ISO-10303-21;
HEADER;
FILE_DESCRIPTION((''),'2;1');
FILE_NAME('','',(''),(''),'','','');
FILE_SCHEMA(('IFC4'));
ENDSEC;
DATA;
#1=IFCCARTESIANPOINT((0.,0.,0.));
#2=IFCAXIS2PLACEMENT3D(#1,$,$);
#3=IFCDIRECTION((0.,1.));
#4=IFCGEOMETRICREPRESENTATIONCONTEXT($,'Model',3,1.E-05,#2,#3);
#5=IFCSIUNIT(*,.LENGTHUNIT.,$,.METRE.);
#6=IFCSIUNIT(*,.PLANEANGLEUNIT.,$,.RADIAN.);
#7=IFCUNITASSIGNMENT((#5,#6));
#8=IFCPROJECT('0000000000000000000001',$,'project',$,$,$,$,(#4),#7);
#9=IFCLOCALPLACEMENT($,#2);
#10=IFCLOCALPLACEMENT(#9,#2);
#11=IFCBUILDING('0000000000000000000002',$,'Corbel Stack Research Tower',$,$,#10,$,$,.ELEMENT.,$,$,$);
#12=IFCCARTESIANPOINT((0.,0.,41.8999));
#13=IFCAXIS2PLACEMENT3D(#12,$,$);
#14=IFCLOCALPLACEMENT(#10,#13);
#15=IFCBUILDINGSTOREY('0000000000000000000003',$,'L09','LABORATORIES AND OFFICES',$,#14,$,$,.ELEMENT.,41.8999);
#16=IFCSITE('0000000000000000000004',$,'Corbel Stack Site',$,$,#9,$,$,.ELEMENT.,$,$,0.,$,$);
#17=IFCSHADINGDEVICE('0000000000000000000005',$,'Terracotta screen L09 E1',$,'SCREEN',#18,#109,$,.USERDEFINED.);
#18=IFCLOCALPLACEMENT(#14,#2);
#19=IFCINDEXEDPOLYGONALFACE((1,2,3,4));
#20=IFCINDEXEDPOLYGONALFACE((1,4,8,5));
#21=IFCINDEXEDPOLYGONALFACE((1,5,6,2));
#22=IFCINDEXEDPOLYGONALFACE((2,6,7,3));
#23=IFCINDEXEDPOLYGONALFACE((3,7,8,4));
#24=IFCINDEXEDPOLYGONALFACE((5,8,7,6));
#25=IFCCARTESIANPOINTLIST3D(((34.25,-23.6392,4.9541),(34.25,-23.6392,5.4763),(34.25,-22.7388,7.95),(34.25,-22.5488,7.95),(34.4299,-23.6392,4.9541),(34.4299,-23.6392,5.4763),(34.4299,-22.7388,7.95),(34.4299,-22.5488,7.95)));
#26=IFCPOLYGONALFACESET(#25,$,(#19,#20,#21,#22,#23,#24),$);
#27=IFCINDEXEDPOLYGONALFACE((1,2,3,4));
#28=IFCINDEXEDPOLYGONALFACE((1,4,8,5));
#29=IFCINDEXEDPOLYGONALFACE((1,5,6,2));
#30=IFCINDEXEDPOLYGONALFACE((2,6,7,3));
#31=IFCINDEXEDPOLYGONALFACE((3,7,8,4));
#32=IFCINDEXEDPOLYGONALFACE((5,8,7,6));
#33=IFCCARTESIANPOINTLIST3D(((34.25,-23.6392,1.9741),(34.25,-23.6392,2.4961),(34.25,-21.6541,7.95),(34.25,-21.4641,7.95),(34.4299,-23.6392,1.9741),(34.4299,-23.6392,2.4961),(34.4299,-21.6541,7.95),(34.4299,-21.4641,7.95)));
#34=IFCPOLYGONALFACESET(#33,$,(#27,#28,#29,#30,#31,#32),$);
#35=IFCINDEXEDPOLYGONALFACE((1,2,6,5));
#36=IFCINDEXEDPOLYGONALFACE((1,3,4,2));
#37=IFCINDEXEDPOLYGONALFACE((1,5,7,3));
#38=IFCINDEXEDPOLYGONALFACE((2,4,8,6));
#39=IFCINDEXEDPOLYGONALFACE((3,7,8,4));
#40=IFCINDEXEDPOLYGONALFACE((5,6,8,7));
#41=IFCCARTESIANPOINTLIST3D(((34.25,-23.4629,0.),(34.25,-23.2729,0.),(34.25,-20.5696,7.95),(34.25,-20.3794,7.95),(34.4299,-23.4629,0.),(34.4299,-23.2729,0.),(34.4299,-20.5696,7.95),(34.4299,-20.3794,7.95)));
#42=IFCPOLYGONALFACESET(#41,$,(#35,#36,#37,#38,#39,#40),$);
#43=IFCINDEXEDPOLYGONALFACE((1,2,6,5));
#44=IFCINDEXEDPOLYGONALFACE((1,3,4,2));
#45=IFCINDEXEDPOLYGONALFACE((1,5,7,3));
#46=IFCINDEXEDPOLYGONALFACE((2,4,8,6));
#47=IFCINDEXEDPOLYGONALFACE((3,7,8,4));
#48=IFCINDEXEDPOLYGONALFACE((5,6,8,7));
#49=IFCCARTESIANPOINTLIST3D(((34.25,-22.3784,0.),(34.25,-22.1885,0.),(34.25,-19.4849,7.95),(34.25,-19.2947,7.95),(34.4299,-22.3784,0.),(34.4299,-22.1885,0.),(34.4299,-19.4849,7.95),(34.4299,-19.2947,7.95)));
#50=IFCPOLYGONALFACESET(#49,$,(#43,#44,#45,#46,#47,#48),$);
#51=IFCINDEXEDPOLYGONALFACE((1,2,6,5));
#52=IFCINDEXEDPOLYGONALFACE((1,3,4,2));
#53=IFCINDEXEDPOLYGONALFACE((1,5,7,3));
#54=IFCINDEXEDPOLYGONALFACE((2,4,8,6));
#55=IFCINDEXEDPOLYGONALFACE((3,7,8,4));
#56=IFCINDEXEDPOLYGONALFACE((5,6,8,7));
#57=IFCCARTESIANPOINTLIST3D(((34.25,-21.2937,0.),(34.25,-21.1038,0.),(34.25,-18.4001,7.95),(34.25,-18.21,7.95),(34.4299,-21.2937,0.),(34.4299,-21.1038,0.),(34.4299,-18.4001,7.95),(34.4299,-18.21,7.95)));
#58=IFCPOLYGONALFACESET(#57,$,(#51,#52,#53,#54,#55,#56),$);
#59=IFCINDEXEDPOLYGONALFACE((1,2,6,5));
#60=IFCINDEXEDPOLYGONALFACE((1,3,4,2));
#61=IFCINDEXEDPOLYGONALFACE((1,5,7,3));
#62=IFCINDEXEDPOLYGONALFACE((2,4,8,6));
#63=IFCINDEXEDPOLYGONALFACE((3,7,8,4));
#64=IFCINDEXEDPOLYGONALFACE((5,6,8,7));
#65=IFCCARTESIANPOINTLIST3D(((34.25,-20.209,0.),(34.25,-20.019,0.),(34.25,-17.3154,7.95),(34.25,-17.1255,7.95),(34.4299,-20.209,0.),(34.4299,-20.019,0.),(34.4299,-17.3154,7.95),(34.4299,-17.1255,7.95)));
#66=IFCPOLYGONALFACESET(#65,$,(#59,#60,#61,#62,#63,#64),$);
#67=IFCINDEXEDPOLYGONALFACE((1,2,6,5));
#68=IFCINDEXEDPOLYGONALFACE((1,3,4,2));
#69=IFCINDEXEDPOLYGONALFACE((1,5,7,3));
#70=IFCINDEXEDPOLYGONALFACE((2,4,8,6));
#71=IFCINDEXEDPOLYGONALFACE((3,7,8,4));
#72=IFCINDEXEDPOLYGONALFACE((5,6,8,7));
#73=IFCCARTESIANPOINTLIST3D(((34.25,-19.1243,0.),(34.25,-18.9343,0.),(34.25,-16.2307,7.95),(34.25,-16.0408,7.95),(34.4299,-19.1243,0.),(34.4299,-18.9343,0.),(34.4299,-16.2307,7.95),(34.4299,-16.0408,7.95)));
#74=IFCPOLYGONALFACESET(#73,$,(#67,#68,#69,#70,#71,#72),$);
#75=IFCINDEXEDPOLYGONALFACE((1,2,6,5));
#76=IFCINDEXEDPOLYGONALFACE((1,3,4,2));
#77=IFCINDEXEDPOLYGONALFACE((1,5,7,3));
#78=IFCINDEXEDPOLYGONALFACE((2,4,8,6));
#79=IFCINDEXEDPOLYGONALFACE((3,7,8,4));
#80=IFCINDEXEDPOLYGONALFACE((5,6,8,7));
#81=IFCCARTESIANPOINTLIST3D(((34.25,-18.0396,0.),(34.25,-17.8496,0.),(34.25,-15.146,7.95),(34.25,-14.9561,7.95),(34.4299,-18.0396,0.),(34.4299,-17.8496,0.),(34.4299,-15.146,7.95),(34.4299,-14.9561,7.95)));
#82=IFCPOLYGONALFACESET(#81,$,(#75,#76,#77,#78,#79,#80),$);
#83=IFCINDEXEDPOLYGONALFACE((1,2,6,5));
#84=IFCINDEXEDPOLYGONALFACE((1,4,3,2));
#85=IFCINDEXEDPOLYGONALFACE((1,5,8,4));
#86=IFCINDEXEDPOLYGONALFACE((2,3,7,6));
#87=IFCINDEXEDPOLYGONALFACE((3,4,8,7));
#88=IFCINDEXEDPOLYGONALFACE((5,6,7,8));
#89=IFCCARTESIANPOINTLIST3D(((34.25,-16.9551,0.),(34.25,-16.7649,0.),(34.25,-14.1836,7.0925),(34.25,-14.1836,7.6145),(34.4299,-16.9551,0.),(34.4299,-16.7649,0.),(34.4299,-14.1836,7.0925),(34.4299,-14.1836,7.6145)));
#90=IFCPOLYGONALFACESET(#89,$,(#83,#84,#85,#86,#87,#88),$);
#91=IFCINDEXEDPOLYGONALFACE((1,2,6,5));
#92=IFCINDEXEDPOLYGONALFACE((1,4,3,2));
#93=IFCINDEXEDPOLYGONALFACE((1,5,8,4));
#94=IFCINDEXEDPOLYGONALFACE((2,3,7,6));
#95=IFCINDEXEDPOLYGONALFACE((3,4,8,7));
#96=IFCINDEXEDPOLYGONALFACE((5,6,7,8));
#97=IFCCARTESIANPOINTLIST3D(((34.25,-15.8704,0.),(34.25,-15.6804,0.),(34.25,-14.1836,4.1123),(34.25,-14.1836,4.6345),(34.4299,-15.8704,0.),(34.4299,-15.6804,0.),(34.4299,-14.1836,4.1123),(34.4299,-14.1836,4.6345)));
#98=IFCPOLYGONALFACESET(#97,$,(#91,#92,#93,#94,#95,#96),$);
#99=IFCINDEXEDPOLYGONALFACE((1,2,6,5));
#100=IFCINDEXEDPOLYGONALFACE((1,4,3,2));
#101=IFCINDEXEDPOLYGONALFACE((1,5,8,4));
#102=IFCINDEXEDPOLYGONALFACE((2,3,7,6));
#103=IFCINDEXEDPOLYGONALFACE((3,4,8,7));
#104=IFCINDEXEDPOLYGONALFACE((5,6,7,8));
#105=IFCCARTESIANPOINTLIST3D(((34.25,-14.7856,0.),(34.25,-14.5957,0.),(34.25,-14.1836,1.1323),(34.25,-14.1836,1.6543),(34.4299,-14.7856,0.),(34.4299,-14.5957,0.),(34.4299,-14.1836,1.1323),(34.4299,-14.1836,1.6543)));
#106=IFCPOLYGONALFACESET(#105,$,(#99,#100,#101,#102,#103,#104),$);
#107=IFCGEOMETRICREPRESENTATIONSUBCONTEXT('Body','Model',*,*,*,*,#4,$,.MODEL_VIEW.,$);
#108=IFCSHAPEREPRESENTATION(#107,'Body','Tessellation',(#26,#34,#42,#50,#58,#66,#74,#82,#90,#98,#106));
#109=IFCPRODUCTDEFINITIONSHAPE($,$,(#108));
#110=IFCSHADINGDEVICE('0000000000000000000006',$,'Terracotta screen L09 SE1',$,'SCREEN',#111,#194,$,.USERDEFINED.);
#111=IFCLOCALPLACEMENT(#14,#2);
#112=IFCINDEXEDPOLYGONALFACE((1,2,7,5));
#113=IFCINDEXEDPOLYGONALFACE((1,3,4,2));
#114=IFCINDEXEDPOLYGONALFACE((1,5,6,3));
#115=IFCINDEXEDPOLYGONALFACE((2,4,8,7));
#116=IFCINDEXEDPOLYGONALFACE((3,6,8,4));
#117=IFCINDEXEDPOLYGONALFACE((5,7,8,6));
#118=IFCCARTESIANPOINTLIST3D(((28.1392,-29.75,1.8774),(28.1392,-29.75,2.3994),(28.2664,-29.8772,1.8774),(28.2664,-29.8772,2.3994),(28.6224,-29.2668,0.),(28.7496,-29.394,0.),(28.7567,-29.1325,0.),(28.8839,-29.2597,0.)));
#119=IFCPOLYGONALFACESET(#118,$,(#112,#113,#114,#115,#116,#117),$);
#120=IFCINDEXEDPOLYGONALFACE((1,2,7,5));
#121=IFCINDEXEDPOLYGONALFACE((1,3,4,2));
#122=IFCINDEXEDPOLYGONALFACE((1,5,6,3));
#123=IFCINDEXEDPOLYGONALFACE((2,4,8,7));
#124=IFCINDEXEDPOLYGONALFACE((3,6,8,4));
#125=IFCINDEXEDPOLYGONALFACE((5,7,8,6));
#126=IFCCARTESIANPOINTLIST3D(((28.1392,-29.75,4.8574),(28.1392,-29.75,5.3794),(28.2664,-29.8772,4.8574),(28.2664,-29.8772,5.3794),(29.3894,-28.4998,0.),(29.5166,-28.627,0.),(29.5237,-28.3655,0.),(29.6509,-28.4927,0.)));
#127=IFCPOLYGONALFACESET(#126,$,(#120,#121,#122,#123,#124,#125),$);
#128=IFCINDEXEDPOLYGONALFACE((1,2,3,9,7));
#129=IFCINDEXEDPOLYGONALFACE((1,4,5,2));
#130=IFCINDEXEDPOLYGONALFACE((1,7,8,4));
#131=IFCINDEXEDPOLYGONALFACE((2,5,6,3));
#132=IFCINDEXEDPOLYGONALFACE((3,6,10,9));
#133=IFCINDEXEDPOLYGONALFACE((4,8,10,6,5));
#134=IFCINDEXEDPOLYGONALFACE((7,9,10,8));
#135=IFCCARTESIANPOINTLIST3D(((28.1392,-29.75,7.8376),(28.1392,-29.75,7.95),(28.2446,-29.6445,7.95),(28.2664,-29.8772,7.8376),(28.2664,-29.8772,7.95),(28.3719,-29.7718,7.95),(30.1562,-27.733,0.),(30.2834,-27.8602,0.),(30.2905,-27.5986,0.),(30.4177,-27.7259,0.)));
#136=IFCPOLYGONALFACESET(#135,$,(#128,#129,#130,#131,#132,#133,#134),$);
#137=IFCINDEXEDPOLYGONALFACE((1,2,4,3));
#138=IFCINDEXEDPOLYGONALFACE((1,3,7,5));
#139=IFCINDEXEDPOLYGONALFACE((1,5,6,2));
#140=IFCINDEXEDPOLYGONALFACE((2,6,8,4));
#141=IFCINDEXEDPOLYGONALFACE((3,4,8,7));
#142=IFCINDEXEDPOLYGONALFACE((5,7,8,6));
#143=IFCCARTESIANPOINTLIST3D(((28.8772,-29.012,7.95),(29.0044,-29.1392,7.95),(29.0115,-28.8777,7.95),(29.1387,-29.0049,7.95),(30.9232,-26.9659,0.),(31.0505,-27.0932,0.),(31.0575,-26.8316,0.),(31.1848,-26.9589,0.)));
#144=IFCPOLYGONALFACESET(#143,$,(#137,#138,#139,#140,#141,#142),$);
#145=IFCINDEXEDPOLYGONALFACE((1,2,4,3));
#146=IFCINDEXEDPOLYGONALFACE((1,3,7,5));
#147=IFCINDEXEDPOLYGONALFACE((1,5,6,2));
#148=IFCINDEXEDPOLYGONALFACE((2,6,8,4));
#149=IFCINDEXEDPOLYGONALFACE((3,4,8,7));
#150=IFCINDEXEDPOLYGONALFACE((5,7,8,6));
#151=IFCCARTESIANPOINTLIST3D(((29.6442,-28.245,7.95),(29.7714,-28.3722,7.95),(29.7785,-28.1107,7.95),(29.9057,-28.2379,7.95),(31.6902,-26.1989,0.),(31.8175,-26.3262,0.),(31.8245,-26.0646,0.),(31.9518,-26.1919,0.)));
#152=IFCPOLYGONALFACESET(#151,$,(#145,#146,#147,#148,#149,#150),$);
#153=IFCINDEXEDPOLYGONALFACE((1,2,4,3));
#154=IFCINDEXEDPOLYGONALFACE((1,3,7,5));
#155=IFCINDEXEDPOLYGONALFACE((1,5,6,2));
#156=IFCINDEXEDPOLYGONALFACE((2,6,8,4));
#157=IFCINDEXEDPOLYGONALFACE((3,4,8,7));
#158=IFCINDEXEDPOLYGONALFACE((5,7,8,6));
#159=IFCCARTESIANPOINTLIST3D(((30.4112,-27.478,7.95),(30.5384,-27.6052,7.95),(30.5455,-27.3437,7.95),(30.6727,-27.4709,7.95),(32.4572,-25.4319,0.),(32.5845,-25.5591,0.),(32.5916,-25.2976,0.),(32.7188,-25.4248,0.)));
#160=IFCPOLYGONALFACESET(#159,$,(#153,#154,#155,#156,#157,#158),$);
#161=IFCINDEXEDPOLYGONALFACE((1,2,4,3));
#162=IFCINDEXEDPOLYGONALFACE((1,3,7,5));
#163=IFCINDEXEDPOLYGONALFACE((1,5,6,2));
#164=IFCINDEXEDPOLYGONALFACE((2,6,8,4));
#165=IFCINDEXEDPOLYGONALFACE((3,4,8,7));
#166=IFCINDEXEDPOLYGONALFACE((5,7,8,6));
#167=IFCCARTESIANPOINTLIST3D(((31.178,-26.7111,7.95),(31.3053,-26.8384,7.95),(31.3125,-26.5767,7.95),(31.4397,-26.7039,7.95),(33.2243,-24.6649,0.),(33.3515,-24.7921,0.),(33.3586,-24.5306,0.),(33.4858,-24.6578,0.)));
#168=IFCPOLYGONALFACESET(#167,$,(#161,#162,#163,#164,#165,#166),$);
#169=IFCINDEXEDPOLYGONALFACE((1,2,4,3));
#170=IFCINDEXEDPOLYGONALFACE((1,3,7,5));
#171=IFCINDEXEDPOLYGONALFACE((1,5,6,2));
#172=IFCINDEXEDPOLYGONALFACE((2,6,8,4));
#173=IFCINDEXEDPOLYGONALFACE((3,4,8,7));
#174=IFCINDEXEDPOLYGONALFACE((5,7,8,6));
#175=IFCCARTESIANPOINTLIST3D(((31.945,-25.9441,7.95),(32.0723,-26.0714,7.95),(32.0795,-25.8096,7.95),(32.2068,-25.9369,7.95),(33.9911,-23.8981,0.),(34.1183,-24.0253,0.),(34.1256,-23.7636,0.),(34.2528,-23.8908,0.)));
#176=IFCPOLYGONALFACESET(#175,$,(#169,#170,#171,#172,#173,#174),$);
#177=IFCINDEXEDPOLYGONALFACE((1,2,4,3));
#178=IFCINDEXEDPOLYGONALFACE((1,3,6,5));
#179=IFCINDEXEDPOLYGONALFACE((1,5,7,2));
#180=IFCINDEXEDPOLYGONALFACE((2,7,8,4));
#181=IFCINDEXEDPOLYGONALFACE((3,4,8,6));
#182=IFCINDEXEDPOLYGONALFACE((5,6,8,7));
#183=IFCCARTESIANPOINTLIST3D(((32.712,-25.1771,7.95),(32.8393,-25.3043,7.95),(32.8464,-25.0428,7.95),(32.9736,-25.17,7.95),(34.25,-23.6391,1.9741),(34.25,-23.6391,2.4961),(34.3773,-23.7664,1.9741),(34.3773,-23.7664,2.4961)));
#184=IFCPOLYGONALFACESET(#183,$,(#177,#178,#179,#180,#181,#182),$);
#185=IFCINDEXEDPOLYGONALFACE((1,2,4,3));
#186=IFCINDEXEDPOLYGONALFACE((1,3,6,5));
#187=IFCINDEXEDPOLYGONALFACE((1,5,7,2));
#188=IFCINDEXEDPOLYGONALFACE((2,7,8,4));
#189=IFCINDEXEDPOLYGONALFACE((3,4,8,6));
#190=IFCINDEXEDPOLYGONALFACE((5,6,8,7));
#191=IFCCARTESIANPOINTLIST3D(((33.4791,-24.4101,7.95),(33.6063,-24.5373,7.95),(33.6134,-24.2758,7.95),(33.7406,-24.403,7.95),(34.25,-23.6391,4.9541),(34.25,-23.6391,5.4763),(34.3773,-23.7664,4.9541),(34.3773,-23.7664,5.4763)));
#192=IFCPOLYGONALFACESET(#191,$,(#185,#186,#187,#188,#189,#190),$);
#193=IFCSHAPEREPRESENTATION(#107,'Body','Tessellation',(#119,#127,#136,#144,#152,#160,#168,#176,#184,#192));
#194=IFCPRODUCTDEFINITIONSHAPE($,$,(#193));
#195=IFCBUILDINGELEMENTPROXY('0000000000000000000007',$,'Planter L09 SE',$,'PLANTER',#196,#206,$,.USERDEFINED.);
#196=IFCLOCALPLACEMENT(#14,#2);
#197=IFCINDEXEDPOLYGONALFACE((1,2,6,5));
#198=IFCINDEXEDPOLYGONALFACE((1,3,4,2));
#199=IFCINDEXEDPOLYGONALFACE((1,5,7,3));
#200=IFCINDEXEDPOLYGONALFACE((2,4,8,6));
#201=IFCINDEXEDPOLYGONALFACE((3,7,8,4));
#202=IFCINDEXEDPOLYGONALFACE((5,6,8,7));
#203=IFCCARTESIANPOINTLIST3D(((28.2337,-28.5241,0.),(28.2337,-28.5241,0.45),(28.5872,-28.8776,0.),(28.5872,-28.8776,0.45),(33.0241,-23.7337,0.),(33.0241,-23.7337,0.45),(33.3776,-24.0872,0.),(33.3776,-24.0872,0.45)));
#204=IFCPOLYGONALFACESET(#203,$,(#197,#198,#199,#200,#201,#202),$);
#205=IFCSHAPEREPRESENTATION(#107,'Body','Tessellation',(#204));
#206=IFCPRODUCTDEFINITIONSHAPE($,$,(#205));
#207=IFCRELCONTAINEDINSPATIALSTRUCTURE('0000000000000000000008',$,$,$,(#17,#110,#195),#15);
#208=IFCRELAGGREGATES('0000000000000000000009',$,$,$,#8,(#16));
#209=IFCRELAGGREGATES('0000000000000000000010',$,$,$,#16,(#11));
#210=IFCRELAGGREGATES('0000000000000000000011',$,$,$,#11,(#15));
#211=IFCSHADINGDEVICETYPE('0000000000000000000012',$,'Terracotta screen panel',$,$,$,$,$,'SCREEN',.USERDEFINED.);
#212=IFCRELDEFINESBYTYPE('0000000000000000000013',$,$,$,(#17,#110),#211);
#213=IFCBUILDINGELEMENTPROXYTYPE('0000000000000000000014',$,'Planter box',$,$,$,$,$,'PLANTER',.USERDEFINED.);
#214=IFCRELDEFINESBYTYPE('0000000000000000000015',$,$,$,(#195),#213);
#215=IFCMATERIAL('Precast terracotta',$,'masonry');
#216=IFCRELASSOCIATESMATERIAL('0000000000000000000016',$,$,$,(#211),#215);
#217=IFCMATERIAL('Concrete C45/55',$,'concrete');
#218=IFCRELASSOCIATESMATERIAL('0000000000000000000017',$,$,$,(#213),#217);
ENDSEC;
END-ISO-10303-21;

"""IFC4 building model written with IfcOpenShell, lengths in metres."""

from ifc_helpers import new_model, si_unit, direction, frame, origin, origin_2d, place, context, subcontext, project, spatial, polyline, rectangle, outline, extrude, source, transform, mapped, material, type_object, element, save


model = new_model("IFC4")

# Units and contexts
model_context = context("Model", 3, precision=1e-05, world=origin(), true_north=direction((0.0, 1.0)))
body_context = subcontext(model_context, "Body", "Model", "MODEL_VIEW")
ifc_project = project(units=[si_unit("LENGTHUNIT", "METRE"), si_unit("PLANEANGLEUNIT", "RADIAN")], contexts=[model_context])

# Site, building, storey
site_placement = place(None, origin())
site = spatial("IfcSite", under=ifc_project, at=site_placement, Name="Corbel Stack Site", CompositionType="ELEMENT", RefElevation=0.0)
building_placement = place(site_placement, origin())
building = spatial("IfcBuilding", under=site, at=building_placement, Name="Corbel Stack Research Tower", CompositionType="ELEMENT")
storey_placement = place(building_placement, frame((0.0, 0.0, 41.8999)))
storey = spatial("IfcBuildingStorey", under=building, at=storey_placement, Name="L09", Description="LABORATORIES AND OFFICES", CompositionType="ELEMENT", Elevation=41.8999)

# Shading devices
ifc_material_1 = material(Name="Precast terracotta", Category="masonry")
shading_device_type = type_object("IfcShadingDeviceType", Name="Terracotta screen panel", ElementType="SCREEN", PredefinedType="USERDEFINED", material=ifc_material_1)
shared_shape_1 = source(origin(), body_context, "Body", "SweptSolid", [
    extrude(outline(polyline([(1.0903, 7.95), (0.9004, 7.95), (0.0, 5.4763), (0.0, 4.9541), (1.0903, 7.95)])), frame((0.0, 0.0, 0.0), z_axis=(0.0, -1.0, 0.0), x_axis=(1.0, 0.0, 0.0)), (0.0, 0.0, 1.0), 0.1799),
    extrude(outline(polyline([(2.175, 7.95), (1.9851, 7.95), (0.0, 2.4961), (0.0, 1.9741), (2.175, 7.95)])), frame((0.0, 0.0, 0.0), z_axis=(0.0, -1.0, 0.0), x_axis=(1.0, 0.0, 0.0)), (0.0, 0.0, 1.0), 0.1799),
    extrude(outline(polyline([(0.3662, 0.0), (3.2598, 7.95), (3.0696, 7.95), (0.1763, 0.0), (0.3662, 0.0)])), frame((0.0, 0.0, 0.0), z_axis=(0.0, -1.0, 0.0), x_axis=(1.0, 0.0, 0.0)), (0.0, 0.0, 1.0), 0.1799),
    extrude(outline(polyline([(1.4507, 0.0), (4.3445, 7.95), (4.1543, 7.95), (1.2607, 0.0), (1.4507, 0.0)])), frame((0.0, 0.0, 0.0), z_axis=(0.0, -1.0, 0.0), x_axis=(1.0, 0.0, 0.0)), (0.0, 0.0, 1.0), 0.1799),
    extrude(outline(polyline([(2.5354, 0.0), (5.4292, 7.95), (5.239, 7.95), (2.3455, 0.0), (2.5354, 0.0)])), frame((0.0, 0.0, 0.0), z_axis=(0.0, -1.0, 0.0), x_axis=(1.0, 0.0, 0.0)), (0.0, 0.0, 1.0), 0.1799),
    extrude(outline(polyline([(3.6201, 0.0), (6.5137, 7.95), (6.3237, 7.95), (3.4302, 0.0), (3.6201, 0.0)])), frame((0.0, 0.0, 0.0), z_axis=(0.0, -1.0, 0.0), x_axis=(1.0, 0.0, 0.0)), (0.0, 0.0, 1.0), 0.1799),
    extrude(outline(polyline([(4.7048, 0.0), (7.5984, 7.95), (7.4084, 7.95), (4.5149, 0.0), (4.7048, 0.0)])), frame((0.0, 0.0, 0.0), z_axis=(0.0, -1.0, 0.0), x_axis=(1.0, 0.0, 0.0)), (0.0, 0.0, 1.0), 0.1799),
    extrude(outline(polyline([(5.7896, 0.0), (8.6831, 7.95), (8.4932, 7.95), (5.5996, 0.0), (5.7896, 0.0)])), frame((0.0, 0.0, 0.0), z_axis=(0.0, -1.0, 0.0), x_axis=(1.0, 0.0, 0.0)), (0.0, 0.0, 1.0), 0.1799),
    extrude(outline(polyline([(6.8743, 0.0), (9.4556, 7.0925), (9.4556, 7.6145), (6.6841, 0.0), (6.8743, 0.0)])), frame((0.0, 0.0, 0.0), z_axis=(0.0, -1.0, 0.0), x_axis=(1.0, 0.0, 0.0)), (0.0, 0.0, 1.0), 0.1799),
    extrude(outline(polyline([(7.9587, 0.0), (9.4556, 4.1123), (9.4556, 4.6345), (7.7688, 0.0), (7.9587, 0.0)])), frame((0.0, 0.0, 0.0), z_axis=(0.0, -1.0, 0.0), x_axis=(1.0, 0.0, 0.0)), (0.0, 0.0, 1.0), 0.1799),
    extrude(outline(polyline([(9.0435, 0.0), (9.4556, 1.1323), (9.4556, 1.6543), (8.8535, 0.0), (9.0435, 0.0)])), frame((0.0, 0.0, 0.0), z_axis=(0.0, -1.0, 0.0), x_axis=(1.0, 0.0, 0.0)), (0.0, 0.0, 1.0), 0.1799),
])
shading_device_1_placement = place(storey_placement, frame((34.25, -23.6392, 0.0), z_axis=(0.0, 0.0, 1.0), x_axis=(0.0, 1.0, 0.0)))
element("IfcShadingDevice", 1, at=shading_device_1_placement, inside=storey, type_object=shading_device_type, Name="Terracotta screen L09 E1", ObjectType="SCREEN", PredefinedType="USERDEFINED", context=body_context, shape_type="MappedRepresentation", body=[
    mapped(shared_shape_1, transform((0.0, 0.0, 0.0))),
])
shared_shape_2 = source(origin(), body_context, "Body", "SweptSolid", [
    extrude(outline(polyline([(0.8733, 0.0), (0.0, 2.3994), (0.0, 1.8774), (0.6833, 0.0), (0.8733, 0.0)])), frame((0.0, 0.0, 0.0), z_axis=(0.0, -1.0, 0.0), x_axis=(1.0, 0.0, 0.0)), (0.0, 0.0, 1.0), 0.1799),
    extrude(outline(polyline([(1.958, 0.0), (0.0, 5.3794), (0.0, 4.8574), (1.7681, 0.0), (1.958, 0.0)])), frame((0.0, 0.0, 0.0), z_axis=(0.0, -1.0, 0.0), x_axis=(1.0, 0.0, 0.0)), (0.0, 0.0, 1.0), 0.1799),
    extrude(outline(polyline([(3.0425, 0.0), (0.1492, 7.95), (0.0, 7.95), (0.0, 7.8376), (2.8525, 0.0), (3.0425, 0.0)])), frame((0.0, 0.0, 0.0), z_axis=(0.0, -1.0, 0.0), x_axis=(1.0, 0.0, 0.0)), (0.0, 0.0, 1.0), 0.1799),
    extrude(outline(polyline([(4.1272, 0.0), (1.2336, 7.95), (1.0437, 7.95), (3.9373, 0.0), (4.1272, 0.0)])), frame((0.0, 0.0, 0.0), z_axis=(0.0, -1.0, 0.0), x_axis=(1.0, 0.0, 0.0)), (0.0, 0.0, 1.0), 0.1799),
    extrude(outline(polyline([(5.2119, 0.0), (2.3184, 7.95), (2.1284, 7.95), (5.022, 0.0), (5.2119, 0.0)])), frame((0.0, 0.0, 0.0), z_axis=(0.0, -1.0, 0.0), x_axis=(1.0, 0.0, 0.0)), (0.0, 0.0, 1.0), 0.1799),
    extrude(outline(polyline([(6.2966, 0.0), (3.4031, 7.95), (3.2131, 7.95), (6.1067, 0.0), (6.2966, 0.0)])), frame((0.0, 0.0, 0.0), z_axis=(0.0, -1.0, 0.0), x_axis=(1.0, 0.0, 0.0)), (0.0, 0.0, 1.0), 0.1799),
    extrude(outline(polyline([(7.3813, 0.0), (4.4878, 7.95), (4.2976, 7.95), (7.1914, 0.0), (7.3813, 0.0)])), frame((0.0, 0.0, 0.0), z_axis=(0.0, -1.0, 0.0), x_axis=(1.0, 0.0, 0.0)), (0.0, 0.0, 1.0), 0.1799),
    extrude(outline(polyline([(8.4661, 0.0), (5.5725, 7.95), (5.3823, 7.95), (8.2759, 0.0), (8.4661, 0.0)])), frame((0.0, 0.0, 0.0), z_axis=(0.0, -1.0, 0.0), x_axis=(1.0, 0.0, 0.0)), (0.0, 0.0, 1.0), 0.1799),
    extrude(outline(polyline([(6.657, 7.95), (6.467, 7.95), (8.6421, 1.9741), (8.6421, 2.4961), (6.657, 7.95)])), frame((0.0, 0.0, 0.0), z_axis=(0.0, -1.0, 0.0), x_axis=(1.0, 0.0, 0.0)), (0.0, 0.0, 1.0), 0.1799),
    extrude(outline(polyline([(7.7417, 7.95), (7.5518, 7.95), (8.6421, 4.9541), (8.6421, 5.4763), (7.7417, 7.95)])), frame((0.0, 0.0, 0.0), z_axis=(0.0, -1.0, 0.0), x_axis=(1.0, 0.0, 0.0)), (0.0, 0.0, 1.0), 0.1799),
])
shading_device_2_placement = place(storey_placement, frame((28.1392, -29.75, 0.0), z_axis=(0.0, 0.0, 1.0), x_axis=(0.707107, 0.707107, 0.0)))
element("IfcShadingDevice", 2, at=shading_device_2_placement, inside=storey, type_object=shading_device_type, Name="Terracotta screen L09 SE1", ObjectType="SCREEN", PredefinedType="USERDEFINED", context=body_context, shape_type="MappedRepresentation", body=[
    mapped(shared_shape_2, transform((0.0, 0.0, 0.0))),
])

# Building element proxy
ifc_material_2 = material(Name="Concrete C45/55", Category="concrete")
building_element_proxy_type = type_object("IfcBuildingElementProxyType", Name="Planter box", ElementType="PLANTER", PredefinedType="USERDEFINED", material=ifc_material_2)
proxy_placement = place(storey_placement, frame((30.8057, -26.3057, 0.0), z_axis=(0.0, 0.0, 1.0), x_axis=(0.707107, 0.707107, 0.0)))
element("IfcBuildingElementProxy", 3, at=proxy_placement, inside=storey, type_object=building_element_proxy_type, Name="Planter L09 SE", ObjectType="PLANTER", PredefinedType="USERDEFINED", context=body_context, shape_type="SweptSolid", body=[
    extrude(rectangle(XDim=6.7747, YDim=0.5, at=origin_2d()), origin(), (0.0, 0.0, 1.0), 0.45),
])

save(model, "model.ifc")
